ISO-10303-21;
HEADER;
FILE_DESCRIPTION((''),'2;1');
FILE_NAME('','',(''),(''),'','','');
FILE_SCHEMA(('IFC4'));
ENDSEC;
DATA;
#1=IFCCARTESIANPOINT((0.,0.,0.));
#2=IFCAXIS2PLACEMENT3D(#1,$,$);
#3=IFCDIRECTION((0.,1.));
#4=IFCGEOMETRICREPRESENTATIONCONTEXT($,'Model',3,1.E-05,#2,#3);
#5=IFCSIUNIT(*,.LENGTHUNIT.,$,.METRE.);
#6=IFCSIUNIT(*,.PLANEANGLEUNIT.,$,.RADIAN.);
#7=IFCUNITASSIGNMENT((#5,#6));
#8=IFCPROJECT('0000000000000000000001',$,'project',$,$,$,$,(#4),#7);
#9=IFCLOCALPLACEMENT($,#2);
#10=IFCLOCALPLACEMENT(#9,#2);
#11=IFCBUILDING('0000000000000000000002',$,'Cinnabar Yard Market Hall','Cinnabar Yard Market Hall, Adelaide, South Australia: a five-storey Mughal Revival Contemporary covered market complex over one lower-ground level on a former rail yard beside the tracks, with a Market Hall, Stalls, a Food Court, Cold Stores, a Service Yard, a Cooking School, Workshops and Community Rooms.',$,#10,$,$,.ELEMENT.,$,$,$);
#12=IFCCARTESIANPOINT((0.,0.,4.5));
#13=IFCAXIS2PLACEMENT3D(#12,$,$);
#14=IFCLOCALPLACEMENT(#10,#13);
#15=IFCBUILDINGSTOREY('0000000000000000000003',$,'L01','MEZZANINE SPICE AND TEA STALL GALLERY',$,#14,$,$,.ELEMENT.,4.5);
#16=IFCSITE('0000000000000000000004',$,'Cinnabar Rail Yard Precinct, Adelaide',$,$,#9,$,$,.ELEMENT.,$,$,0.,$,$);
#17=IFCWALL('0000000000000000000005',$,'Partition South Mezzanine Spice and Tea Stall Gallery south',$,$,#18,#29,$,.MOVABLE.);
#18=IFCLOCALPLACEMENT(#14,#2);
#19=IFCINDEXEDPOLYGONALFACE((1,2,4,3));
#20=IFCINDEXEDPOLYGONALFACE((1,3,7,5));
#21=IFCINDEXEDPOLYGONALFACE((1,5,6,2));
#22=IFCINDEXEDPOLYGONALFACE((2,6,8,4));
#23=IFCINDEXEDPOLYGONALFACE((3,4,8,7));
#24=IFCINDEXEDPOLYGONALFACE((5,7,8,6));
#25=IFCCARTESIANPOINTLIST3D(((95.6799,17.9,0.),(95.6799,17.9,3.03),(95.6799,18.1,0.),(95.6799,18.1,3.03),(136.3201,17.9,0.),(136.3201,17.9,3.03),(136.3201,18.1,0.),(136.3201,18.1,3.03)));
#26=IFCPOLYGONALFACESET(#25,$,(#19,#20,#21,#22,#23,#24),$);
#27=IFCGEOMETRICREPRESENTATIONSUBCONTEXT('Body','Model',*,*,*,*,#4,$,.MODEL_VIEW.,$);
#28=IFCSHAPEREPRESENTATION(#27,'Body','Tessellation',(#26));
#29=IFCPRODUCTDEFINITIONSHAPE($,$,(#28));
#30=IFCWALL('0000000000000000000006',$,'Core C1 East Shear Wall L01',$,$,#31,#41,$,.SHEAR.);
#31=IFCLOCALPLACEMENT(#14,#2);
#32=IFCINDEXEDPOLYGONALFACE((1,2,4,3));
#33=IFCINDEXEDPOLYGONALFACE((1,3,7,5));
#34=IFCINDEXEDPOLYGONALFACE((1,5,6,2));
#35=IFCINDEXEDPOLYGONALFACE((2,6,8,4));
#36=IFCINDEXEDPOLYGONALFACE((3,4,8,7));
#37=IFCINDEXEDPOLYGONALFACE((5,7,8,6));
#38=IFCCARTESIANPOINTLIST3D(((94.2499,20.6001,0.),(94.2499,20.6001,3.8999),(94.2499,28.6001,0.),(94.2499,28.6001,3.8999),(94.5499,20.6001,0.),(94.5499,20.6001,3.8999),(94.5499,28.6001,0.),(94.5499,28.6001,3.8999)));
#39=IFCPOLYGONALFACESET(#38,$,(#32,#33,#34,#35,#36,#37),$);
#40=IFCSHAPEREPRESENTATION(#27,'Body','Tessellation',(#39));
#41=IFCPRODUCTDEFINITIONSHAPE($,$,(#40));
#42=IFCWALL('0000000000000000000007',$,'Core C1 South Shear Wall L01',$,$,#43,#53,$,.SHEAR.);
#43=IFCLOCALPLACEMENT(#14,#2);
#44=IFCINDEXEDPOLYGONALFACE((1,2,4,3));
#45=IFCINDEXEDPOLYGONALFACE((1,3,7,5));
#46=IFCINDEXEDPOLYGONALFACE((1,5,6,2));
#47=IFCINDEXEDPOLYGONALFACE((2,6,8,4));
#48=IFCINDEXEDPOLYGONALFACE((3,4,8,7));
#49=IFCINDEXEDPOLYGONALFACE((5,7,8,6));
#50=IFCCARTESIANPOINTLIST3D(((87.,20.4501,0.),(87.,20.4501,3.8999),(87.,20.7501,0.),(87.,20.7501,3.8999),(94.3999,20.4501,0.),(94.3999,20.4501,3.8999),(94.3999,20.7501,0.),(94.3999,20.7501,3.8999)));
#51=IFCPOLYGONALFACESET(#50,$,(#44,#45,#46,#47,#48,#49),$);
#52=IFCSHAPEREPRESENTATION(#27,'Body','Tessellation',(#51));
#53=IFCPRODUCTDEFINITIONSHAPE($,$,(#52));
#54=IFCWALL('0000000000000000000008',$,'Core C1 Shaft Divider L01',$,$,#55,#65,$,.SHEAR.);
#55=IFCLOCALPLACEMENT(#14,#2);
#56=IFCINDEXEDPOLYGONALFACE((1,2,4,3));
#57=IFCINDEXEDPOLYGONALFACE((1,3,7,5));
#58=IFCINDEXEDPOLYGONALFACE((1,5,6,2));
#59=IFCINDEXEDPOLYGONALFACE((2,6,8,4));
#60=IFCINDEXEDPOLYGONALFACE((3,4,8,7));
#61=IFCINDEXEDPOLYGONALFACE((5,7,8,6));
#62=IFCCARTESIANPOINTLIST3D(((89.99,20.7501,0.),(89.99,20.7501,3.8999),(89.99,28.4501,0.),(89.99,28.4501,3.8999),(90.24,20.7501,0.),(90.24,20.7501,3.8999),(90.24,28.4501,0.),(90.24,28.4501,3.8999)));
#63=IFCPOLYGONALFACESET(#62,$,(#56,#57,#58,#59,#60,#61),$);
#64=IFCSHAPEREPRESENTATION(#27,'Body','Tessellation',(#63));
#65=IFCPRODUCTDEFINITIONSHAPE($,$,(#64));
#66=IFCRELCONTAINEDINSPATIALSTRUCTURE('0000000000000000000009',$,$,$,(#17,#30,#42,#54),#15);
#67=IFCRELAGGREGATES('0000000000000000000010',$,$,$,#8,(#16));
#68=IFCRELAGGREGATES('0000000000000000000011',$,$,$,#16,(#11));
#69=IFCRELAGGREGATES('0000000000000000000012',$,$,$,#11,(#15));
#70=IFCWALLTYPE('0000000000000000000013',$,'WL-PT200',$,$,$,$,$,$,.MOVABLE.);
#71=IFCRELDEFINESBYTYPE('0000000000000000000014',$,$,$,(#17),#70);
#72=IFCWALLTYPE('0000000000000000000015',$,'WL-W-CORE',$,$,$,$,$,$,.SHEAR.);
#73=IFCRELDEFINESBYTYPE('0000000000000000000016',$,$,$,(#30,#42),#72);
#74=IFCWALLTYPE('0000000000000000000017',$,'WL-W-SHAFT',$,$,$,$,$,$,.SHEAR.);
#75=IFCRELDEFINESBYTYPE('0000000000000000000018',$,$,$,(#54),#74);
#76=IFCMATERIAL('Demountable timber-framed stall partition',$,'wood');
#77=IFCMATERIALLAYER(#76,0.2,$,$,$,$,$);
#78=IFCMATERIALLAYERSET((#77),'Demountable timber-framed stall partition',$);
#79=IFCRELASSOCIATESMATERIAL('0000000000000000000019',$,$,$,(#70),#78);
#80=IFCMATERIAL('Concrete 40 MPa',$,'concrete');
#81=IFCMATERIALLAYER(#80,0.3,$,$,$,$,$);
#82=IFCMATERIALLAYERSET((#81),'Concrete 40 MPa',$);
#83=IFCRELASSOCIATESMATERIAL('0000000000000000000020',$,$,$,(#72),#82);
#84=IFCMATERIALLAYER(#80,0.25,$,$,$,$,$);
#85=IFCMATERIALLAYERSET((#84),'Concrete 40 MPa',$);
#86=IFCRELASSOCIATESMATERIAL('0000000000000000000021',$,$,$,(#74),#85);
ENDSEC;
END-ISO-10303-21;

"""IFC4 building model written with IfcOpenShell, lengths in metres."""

from ifc_helpers import new_model, si_unit, direction, frame, frame_2d, origin, place, context, subcontext, project, spatial, rectangle, extrude, material, layer, layer_set, type_object, element, save


model = new_model("IFC4")

# Units and contexts
model_context = context("Model", 3, precision=1e-05, world=origin(), true_north=direction((0.0, 1.0)))
body_context = subcontext(model_context, "Body", "Model", "MODEL_VIEW")
ifc_project = project(units=[si_unit("LENGTHUNIT", "METRE"), si_unit("PLANEANGLEUNIT", "RADIAN")], contexts=[model_context])

# Site, building, storey
site_placement = place(None, origin())
site = spatial("IfcSite", under=ifc_project, at=site_placement, Name="Cinnabar Rail Yard Precinct, Adelaide", CompositionType="ELEMENT", RefElevation=0.0)
building_placement = place(site_placement, origin())
building = spatial("IfcBuilding", under=site, at=building_placement, Name="Cinnabar Yard Market Hall", Description="Cinnabar Yard Market Hall, Adelaide, South Australia: a five-storey Mughal Revival Contemporary covered market complex over one lower-ground level on a former rail yard beside the tracks, with a Market Hall, Stalls, a Food Court, Cold Stores, a Service Yard, a Cooking School, Workshops and Community Rooms.", CompositionType="ELEMENT")
storey_placement = place(building_placement, frame((0.0, 0.0, 4.5)))
storey = spatial("IfcBuildingStorey", under=building, at=storey_placement, Name="L01", Description="MEZZANINE SPICE AND TEA STALL GALLERY", CompositionType="ELEMENT", Elevation=4.5)

# Walls
ifc_material_1 = material(Name="Demountable timber-framed stall partition", Category="wood")
ifc_layer_1 = layer(ifc_material_1, 0.2)
ifc_layer_set_1 = layer_set([ifc_layer_1], Name="Demountable timber-framed stall partition")
wall_type_1 = type_object("IfcWallType", Name="WL-PT200", PredefinedType="MOVABLE", material=ifc_layer_set_1)
wall_1_placement = place(storey_placement, frame((95.6799, 18.0, 0.0), z_axis=(0.0, 0.0, 1.0), x_axis=(1.0, 0.0, 0.0)))
element("IfcWall", 1, at=wall_1_placement, inside=storey, type_object=wall_type_1, Name="Partition South Mezzanine Spice and Tea Stall Gallery south", PredefinedType="MOVABLE", context=body_context, shape_type="SweptSolid", body=[
    extrude(rectangle(XDim=40.6401, YDim=0.2, at=frame_2d((20.3201, 0.0), x_axis=(1.0, 0.0))), origin(), (0.0, 0.0, 1.0), 3.03),
])
ifc_material_2 = material(Name="Concrete 40 MPa", Category="concrete")
ifc_layer_2 = layer(ifc_material_2, 0.3)
ifc_layer_set_2 = layer_set([ifc_layer_2], Name="Concrete 40 MPa")
wall_type_2 = type_object("IfcWallType", Name="WL-W-CORE", PredefinedType="SHEAR", material=ifc_layer_set_2)
wall_2_placement = place(storey_placement, frame((94.3999, 20.6001, 0.0), z_axis=(0.0, 0.0, 1.0), x_axis=(0.0, 1.0, 0.0)))
element("IfcWall", 2, at=wall_2_placement, inside=storey, type_object=wall_type_2, Name="Core C1 East Shear Wall L01", PredefinedType="SHEAR", context=body_context, shape_type="SweptSolid", body=[
    extrude(rectangle(XDim=8.0, YDim=0.3, at=frame_2d((4.0, 0.0), x_axis=(1.0, 0.0))), origin(), (0.0, 0.0, 1.0), 3.8999),
])
wall_3_placement = place(storey_placement, frame((87.0, 20.6001, 0.0), z_axis=(0.0, 0.0, 1.0), x_axis=(1.0, 0.0, 0.0)))
element("IfcWall", 3, at=wall_3_placement, inside=storey, type_object=wall_type_2, Name="Core C1 South Shear Wall L01", PredefinedType="SHEAR", context=body_context, shape_type="SweptSolid", body=[
    extrude(rectangle(XDim=7.3999, YDim=0.3, at=frame_2d((3.7, 0.0), x_axis=(1.0, 0.0))), origin(), (0.0, 0.0, 1.0), 3.8999),
])
ifc_layer_3 = layer(ifc_material_2, 0.25)
ifc_layer_set_3 = layer_set([ifc_layer_3], Name="Concrete 40 MPa")
wall_type_3 = type_object("IfcWallType", Name="WL-W-SHAFT", PredefinedType="SHEAR", material=ifc_layer_set_3)
wall_4_placement = place(storey_placement, frame((90.115, 20.75, 0.0), z_axis=(0.0, 0.0, 1.0), x_axis=(0.0, 1.0, 0.0)))
element("IfcWall", 4, at=wall_4_placement, inside=storey, type_object=wall_type_3, Name="Core C1 Shaft Divider L01", PredefinedType="SHEAR", context=body_context, shape_type="SweptSolid", body=[
    extrude(rectangle(XDim=7.7, YDim=0.25, at=frame_2d((3.8501, 0.0), x_axis=(1.0, 0.0))), origin(), (0.0, 0.0, 1.0), 3.8999),
])

save(model, "model.ifc")
